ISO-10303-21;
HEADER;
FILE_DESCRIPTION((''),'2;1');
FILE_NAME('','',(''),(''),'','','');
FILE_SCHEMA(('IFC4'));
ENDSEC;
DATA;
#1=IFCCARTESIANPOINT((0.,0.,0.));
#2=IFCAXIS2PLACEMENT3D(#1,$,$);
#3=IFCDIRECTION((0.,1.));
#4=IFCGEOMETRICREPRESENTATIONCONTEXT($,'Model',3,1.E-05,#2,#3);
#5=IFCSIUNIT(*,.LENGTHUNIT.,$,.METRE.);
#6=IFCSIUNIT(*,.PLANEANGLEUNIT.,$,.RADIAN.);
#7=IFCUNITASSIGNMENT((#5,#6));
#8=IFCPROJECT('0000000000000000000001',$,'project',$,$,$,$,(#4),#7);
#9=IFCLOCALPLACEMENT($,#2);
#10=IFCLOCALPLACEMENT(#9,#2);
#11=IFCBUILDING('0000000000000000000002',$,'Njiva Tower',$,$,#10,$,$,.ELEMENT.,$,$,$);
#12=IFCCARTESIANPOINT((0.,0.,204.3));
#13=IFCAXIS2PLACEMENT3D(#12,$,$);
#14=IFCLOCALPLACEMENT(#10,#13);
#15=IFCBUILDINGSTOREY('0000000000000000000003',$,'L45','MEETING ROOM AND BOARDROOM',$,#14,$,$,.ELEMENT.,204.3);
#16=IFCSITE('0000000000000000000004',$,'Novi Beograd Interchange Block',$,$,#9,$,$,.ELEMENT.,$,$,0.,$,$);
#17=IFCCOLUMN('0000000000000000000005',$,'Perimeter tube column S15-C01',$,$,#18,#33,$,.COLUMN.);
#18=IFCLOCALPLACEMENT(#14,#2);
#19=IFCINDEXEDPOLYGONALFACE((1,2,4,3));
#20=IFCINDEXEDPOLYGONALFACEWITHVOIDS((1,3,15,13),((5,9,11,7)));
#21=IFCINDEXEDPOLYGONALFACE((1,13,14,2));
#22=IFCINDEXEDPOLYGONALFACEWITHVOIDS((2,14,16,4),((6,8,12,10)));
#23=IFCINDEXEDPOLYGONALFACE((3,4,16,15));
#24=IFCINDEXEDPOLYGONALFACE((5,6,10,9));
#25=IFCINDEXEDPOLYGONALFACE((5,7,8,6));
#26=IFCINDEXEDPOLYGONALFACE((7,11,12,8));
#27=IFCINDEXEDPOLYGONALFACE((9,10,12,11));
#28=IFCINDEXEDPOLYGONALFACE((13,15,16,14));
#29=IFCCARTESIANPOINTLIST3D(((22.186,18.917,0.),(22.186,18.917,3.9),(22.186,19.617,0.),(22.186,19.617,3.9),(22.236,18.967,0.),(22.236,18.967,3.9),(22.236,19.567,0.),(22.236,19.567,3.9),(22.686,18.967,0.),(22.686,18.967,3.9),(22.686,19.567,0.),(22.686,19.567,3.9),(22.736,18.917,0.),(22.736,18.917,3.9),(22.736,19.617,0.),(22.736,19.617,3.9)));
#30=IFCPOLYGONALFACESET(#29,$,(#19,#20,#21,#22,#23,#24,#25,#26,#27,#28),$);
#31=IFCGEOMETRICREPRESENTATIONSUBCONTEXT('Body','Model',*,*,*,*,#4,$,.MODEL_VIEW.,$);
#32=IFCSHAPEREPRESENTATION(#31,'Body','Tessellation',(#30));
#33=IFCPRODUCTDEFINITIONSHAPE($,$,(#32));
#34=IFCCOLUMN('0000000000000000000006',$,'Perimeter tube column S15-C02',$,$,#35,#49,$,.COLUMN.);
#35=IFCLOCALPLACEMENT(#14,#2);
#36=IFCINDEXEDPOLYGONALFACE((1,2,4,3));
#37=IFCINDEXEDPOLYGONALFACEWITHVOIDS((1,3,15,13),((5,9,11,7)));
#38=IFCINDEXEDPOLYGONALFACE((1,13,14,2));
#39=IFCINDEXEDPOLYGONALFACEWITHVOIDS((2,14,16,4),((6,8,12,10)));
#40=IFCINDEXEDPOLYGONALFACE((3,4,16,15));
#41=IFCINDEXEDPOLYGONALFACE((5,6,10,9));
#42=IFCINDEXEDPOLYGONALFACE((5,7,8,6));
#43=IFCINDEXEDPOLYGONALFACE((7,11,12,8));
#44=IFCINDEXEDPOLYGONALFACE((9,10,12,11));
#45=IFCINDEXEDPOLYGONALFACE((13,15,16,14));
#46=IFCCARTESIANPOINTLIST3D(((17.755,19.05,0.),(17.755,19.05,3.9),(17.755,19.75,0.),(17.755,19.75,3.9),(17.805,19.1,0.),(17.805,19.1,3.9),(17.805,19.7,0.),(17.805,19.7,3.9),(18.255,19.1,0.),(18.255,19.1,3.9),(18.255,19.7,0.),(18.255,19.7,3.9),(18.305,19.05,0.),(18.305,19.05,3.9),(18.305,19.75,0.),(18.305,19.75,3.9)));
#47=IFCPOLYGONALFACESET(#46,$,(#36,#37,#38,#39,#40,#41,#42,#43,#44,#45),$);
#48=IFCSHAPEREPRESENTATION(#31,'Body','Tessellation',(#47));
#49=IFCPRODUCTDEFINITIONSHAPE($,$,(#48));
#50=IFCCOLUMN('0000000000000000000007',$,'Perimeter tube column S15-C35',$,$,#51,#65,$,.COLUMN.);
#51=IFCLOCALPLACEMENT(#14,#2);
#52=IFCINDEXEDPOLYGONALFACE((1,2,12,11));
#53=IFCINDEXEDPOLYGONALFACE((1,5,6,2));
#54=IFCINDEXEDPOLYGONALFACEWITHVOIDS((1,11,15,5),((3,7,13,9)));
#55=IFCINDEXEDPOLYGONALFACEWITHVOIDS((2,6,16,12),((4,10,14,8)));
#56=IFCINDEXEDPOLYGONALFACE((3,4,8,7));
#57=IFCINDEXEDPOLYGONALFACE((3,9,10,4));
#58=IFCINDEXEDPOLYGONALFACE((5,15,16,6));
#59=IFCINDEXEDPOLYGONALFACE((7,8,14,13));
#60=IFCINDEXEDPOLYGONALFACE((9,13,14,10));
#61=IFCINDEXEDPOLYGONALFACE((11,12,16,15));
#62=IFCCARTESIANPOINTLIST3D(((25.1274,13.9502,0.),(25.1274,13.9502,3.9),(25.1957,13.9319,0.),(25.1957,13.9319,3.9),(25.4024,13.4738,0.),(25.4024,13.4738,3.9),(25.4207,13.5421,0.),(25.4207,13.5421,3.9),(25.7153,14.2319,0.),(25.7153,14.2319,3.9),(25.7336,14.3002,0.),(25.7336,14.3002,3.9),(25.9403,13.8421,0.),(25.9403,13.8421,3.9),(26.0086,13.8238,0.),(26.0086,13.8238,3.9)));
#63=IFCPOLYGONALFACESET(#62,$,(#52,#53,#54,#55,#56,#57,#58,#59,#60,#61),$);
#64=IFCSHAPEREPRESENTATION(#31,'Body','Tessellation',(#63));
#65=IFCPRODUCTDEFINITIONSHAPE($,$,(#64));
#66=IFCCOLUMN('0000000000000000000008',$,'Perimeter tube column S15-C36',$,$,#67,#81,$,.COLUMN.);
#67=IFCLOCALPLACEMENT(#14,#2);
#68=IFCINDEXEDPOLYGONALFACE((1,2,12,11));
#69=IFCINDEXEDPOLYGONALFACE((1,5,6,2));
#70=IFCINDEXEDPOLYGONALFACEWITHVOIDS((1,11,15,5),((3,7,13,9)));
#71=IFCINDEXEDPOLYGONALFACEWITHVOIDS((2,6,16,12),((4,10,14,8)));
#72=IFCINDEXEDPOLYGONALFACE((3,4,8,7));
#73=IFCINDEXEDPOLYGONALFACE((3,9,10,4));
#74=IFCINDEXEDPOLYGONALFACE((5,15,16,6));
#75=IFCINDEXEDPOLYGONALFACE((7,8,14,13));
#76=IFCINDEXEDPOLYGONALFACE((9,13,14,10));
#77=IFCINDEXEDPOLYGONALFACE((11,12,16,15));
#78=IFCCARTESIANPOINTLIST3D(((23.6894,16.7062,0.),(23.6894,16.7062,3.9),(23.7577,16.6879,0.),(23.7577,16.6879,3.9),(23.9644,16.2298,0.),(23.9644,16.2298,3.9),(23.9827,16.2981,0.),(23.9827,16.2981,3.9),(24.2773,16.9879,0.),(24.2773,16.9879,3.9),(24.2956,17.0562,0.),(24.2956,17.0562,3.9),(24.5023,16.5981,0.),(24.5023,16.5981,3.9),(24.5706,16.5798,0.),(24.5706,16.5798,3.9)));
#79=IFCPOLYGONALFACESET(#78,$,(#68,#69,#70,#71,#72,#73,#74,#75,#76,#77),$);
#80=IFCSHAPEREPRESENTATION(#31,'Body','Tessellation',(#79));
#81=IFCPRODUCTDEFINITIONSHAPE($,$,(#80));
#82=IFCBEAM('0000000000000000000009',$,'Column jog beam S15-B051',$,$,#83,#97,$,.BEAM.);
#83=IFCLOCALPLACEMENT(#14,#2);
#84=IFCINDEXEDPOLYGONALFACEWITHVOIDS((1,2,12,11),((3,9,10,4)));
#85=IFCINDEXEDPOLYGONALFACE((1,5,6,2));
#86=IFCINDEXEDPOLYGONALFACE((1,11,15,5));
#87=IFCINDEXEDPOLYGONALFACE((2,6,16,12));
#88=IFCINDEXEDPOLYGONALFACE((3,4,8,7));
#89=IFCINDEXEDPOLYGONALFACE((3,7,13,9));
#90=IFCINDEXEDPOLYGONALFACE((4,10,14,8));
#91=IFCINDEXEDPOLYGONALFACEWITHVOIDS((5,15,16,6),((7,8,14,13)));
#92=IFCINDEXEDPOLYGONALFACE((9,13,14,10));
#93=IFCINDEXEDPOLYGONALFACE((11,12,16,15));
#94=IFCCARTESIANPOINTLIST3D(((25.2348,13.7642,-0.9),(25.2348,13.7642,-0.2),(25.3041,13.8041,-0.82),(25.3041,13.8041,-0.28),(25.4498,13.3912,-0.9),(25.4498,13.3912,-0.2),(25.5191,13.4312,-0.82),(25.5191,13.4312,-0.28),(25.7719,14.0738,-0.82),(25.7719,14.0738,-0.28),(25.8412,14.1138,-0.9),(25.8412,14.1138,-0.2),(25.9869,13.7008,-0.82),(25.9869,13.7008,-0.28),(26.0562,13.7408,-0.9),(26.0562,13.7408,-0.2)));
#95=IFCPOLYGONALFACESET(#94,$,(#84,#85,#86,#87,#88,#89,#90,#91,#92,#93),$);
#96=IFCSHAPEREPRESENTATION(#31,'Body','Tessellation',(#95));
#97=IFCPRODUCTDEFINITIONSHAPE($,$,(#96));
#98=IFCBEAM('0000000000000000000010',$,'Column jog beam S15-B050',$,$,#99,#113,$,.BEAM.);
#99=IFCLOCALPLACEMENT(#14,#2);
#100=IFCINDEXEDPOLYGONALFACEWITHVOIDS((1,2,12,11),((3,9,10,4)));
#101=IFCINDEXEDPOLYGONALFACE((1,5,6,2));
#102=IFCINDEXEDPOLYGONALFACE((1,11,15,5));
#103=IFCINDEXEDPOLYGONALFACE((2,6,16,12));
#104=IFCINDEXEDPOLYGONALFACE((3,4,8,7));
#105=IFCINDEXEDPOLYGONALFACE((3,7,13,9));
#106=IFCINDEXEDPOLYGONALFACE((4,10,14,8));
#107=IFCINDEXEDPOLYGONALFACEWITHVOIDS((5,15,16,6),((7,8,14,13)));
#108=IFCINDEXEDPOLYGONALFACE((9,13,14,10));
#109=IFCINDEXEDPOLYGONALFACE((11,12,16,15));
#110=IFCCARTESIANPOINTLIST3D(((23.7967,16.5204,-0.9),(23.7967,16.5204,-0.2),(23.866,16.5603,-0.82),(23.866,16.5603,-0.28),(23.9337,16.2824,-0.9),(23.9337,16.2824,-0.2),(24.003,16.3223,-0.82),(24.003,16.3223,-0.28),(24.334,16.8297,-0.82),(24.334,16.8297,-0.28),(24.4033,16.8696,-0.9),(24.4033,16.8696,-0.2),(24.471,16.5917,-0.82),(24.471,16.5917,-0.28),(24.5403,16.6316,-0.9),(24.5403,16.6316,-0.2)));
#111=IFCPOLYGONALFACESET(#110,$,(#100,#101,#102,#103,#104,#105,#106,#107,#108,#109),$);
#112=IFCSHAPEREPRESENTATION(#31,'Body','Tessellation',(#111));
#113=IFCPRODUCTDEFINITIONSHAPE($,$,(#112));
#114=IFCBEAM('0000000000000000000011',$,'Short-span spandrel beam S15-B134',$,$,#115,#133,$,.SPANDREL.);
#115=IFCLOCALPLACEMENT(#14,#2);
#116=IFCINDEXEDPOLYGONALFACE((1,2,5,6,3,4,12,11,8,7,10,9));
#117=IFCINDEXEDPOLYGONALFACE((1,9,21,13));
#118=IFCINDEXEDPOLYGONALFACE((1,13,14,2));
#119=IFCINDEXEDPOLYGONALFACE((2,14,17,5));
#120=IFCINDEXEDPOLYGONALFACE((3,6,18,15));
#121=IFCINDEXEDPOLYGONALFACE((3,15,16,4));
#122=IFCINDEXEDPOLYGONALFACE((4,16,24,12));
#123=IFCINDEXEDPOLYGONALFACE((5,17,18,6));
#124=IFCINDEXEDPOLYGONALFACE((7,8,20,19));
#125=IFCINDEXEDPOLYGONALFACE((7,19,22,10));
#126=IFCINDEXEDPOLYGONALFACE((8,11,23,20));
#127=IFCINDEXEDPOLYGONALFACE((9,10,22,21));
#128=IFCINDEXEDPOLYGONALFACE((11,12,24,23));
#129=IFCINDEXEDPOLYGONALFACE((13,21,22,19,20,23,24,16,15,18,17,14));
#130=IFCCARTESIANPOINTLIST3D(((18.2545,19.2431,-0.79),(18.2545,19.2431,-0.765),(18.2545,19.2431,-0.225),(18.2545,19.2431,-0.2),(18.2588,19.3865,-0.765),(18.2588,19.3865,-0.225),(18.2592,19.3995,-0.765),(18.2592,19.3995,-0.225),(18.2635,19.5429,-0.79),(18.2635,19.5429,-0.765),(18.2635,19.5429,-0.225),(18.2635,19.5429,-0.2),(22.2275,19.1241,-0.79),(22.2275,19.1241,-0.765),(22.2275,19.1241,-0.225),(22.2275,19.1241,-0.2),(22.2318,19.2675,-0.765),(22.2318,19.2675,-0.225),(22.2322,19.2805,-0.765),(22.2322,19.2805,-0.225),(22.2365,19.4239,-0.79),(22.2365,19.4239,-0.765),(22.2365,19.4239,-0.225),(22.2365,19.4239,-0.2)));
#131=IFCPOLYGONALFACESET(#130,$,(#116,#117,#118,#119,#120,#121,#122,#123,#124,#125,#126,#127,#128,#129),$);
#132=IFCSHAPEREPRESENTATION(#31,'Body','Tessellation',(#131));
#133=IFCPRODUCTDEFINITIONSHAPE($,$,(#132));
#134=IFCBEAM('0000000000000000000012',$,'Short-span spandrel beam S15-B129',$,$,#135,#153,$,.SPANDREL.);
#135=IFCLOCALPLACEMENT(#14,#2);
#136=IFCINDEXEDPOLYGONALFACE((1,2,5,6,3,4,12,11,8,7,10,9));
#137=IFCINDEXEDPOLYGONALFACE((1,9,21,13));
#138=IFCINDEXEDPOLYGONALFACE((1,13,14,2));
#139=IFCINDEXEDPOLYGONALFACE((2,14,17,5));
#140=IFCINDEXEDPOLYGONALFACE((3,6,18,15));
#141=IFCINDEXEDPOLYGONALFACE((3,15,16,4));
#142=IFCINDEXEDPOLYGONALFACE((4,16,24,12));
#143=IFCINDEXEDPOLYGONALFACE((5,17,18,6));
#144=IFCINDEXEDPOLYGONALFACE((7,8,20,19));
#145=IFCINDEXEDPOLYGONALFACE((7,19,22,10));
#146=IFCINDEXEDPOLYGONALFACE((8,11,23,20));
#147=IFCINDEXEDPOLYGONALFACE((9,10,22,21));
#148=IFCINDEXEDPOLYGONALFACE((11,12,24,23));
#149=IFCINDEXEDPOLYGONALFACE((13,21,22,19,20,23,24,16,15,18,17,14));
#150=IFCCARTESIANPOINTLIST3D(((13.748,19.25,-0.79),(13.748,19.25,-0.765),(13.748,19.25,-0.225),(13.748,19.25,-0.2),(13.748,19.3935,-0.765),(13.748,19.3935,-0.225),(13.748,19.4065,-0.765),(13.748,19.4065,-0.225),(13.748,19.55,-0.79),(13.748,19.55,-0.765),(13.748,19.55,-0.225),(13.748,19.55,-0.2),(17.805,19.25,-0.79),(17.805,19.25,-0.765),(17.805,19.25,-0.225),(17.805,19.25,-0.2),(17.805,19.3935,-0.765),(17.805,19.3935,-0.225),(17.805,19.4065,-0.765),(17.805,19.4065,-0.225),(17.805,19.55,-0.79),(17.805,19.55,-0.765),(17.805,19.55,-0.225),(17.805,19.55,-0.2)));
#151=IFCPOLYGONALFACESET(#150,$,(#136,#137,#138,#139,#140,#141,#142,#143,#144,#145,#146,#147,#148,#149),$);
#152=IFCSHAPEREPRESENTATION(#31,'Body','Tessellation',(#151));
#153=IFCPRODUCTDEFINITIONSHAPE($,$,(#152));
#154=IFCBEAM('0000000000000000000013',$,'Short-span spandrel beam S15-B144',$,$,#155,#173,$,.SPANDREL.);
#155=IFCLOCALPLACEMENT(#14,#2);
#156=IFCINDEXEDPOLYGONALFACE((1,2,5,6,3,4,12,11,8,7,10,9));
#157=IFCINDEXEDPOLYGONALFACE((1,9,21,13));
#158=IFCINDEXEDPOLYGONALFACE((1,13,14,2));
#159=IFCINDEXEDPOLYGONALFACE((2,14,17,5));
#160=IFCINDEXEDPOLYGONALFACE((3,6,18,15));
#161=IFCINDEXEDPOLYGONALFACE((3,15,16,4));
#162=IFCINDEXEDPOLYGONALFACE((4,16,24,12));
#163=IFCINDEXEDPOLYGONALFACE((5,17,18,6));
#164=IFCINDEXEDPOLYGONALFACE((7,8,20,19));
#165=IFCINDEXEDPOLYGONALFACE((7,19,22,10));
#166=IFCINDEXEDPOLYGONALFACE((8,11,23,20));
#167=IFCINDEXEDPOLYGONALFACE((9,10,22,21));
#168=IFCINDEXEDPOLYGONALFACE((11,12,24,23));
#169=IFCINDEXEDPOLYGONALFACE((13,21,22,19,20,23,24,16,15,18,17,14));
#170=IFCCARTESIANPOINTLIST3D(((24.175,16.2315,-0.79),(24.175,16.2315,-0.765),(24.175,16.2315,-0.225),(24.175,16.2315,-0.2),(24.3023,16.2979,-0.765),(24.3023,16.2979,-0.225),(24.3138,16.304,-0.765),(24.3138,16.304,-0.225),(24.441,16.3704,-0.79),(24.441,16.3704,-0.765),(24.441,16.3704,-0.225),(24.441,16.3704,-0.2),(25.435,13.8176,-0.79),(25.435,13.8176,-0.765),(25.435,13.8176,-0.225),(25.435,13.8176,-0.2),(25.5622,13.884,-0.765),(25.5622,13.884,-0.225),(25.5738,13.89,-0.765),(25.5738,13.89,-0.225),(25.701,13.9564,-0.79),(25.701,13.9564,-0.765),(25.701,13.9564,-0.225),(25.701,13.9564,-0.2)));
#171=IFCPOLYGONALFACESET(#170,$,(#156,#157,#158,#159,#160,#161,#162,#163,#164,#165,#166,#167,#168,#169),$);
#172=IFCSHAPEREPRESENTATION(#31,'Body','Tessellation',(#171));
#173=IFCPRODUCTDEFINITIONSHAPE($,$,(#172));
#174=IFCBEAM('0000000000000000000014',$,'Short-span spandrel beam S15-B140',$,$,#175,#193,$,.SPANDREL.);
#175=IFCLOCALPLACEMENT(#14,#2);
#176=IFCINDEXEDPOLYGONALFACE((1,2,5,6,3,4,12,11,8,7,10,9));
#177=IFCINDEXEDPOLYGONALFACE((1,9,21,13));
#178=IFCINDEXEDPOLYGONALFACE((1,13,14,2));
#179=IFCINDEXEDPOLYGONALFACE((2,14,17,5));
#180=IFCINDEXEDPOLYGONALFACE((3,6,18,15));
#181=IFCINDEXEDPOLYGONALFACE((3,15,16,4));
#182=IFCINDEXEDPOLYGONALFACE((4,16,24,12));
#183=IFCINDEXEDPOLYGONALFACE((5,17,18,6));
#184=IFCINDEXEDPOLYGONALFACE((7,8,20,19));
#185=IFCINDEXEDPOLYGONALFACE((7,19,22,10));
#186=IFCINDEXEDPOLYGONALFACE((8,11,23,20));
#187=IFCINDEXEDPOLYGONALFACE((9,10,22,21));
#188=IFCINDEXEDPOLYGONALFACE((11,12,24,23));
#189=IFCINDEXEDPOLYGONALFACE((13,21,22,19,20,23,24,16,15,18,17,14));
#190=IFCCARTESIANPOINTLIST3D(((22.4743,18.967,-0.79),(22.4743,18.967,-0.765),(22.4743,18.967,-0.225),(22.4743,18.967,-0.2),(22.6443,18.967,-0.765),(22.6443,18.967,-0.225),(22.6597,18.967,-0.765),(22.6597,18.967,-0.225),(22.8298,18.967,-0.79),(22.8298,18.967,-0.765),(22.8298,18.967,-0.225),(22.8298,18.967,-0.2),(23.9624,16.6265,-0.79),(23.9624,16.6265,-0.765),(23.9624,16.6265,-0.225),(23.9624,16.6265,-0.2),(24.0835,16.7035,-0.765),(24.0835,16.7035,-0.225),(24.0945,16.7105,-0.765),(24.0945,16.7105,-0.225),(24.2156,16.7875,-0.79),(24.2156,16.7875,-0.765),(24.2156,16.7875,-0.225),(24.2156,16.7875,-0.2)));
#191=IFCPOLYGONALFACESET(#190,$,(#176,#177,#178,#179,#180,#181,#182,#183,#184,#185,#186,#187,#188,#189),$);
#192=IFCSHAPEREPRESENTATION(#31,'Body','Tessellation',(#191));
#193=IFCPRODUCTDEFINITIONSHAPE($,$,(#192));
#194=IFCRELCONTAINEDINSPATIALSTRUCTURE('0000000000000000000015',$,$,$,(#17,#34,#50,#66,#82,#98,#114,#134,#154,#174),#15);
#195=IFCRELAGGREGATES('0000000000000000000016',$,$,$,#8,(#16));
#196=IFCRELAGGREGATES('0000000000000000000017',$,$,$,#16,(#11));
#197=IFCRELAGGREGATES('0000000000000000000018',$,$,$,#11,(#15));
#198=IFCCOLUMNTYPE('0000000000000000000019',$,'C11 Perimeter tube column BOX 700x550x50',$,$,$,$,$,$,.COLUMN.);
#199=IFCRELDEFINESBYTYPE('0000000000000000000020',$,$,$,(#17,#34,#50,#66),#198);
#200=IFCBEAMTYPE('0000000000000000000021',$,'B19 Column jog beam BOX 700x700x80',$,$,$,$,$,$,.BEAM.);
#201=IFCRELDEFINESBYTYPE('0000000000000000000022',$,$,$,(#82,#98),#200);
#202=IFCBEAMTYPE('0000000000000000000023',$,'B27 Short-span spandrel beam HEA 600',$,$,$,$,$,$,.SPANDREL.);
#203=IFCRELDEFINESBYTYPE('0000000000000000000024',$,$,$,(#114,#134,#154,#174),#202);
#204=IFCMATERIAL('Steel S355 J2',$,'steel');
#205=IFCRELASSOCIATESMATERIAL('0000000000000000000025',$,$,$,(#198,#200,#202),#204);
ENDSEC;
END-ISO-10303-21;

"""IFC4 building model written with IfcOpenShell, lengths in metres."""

from ifc_helpers import new_model, si_unit, direction, frame, origin, origin_2d, place, context, subcontext, project, spatial, hollow_rectangle, i_section, extrude, clip, halfspace, material, material_profile, profile_set, type_object, element, save


model = new_model("IFC4")

# Units and contexts
model_context = context("Model", 3, precision=1e-05, world=origin(), true_north=direction((0.0, 1.0)))
body_context = subcontext(model_context, "Body", "Model", "MODEL_VIEW")
ifc_project = project(units=[si_unit("LENGTHUNIT", "METRE"), si_unit("PLANEANGLEUNIT", "RADIAN")], contexts=[model_context])

# Site, building, storey
site_placement = place(None, origin())
site = spatial("IfcSite", under=ifc_project, at=site_placement, Name="Novi Beograd Interchange Block", CompositionType="ELEMENT", RefElevation=0.0)
building_placement = place(site_placement, origin())
building = spatial("IfcBuilding", under=site, at=building_placement, Name="Njiva Tower", CompositionType="ELEMENT")
storey_placement = place(building_placement, frame((0.0, 0.0, 204.3)))
storey = spatial("IfcBuildingStorey", under=building, at=storey_placement, Name="L45", Description="MEETING ROOM AND BOARDROOM", CompositionType="ELEMENT", Elevation=204.3)

# Columns
ifc_material_1 = material(Name="Steel S355 J2", Category="steel")
ifc_material_profile_1 = material_profile(ifc_material_1, hollow_rectangle(XDim=0.55, YDim=0.7, WallThickness=0.05, at=origin_2d()), Name="BOX 700x550x50")
ifc_profile_set_1 = profile_set([ifc_material_profile_1], Name="Steel S355 J2")
column_type = type_object("IfcColumnType", Name="C11 Perimeter tube column BOX 700x550x50", PredefinedType="COLUMN", material=ifc_profile_set_1)
for number, where, z_axis, x_axis, name in (
    (1, (22.461, 19.267, 0.0), (0.0, 0.0, 1.0), (-1.0, 0.0, 0.0), "Perimeter tube column S15-C01"),
    (2, (18.03, 19.4, 0.0), (0.0, 0.0, 1.0), (-1.0, 0.0, 0.0), "Perimeter tube column S15-C02"),
    (3, (25.568, 13.887, 0.0), (0.0, 0.0, 1.0), (-0.5, 0.866025, 0.0), "Perimeter tube column S15-C35"),
    (4, (24.13, 16.643, 0.0), (0.0, 0.0, 1.0), (-0.5, 0.866025, 0.0), "Perimeter tube column S15-C36"),
):
    element("IfcColumn", number, at=place(storey_placement, frame(where, z_axis=z_axis, x_axis=x_axis)), inside=storey, type_object=column_type, Name=name, PredefinedType="COLUMN", context=body_context, shape_type="SweptSolid", body=[
        extrude(hollow_rectangle(XDim=0.55, YDim=0.7, WallThickness=0.05, at=origin_2d()), origin(), (0.0, 0.0, 1.0), 3.9),
    ])

# Beams
ifc_material_profile_2 = material_profile(ifc_material_1, hollow_rectangle(XDim=0.7, YDim=0.7, WallThickness=0.08, at=origin_2d()), Name="BOX 700x700x80")
ifc_profile_set_2 = profile_set([ifc_material_profile_2], Name="Steel S355 J2")
beam_type_1 = type_object("IfcBeamType", Name="B19 Column jog beam BOX 700x700x80", PredefinedType="BEAM", material=ifc_profile_set_2)
beam_1_placement = place(storey_placement, frame((25.753, 13.566, -0.55), z_axis=(-0.499387, 0.866379, 0.0), x_axis=(-0.866379, -0.499387, 0.0)))
element("IfcBeam", 5, at=beam_1_placement, inside=storey, type_object=beam_type_1, Name="Column jog beam S15-B051", PredefinedType="BEAM", context=body_context, shape_type="SweptSolid", body=[
    extrude(hollow_rectangle(XDim=0.7, YDim=0.7, WallThickness=0.08, at=origin_2d()), origin(), (0.0, 0.0, 1.0), 0.4305),
])
beam_2_placement = place(storey_placement, frame((24.237, 16.457, -0.55), z_axis=(-0.498882, 0.86667, 0.0), x_axis=(-0.86667, -0.498882, 0.0)))
element("IfcBeam", 6, at=beam_2_placement, inside=storey, type_object=beam_type_1, Name="Column jog beam S15-B050", PredefinedType="BEAM", context=body_context, shape_type="SweptSolid", body=[
    extrude(hollow_rectangle(XDim=0.7, YDim=0.7, WallThickness=0.08, at=origin_2d()), origin(), (0.0, 0.0, 1.0), 0.2746),
])
ifc_material_profile_3 = material_profile(ifc_material_1, i_section(OverallWidth=0.3, OverallDepth=0.59, WebThickness=0.013, FlangeThickness=0.025, at=origin_2d()), Name="HEA 600")
ifc_profile_set_3 = profile_set([ifc_material_profile_3], Name="Steel S355 J2")
beam_type_2 = type_object("IfcBeamType", Name="B27 Short-span spandrel beam HEA 600", PredefinedType="SPANDREL", material=ifc_profile_set_3)
beam_3_placement = place(storey_placement, frame((22.232, 19.274, -0.495), z_axis=(-0.999552, 0.029939, 0.0), x_axis=(-0.029939, -0.999552, 0.0)))
element("IfcBeam", 7, at=beam_3_placement, inside=storey, type_object=beam_type_2, Name="Short-span spandrel beam S15-B134", PredefinedType="SPANDREL", context=body_context, shape_type="SweptSolid", body=[
    extrude(i_section(OverallWidth=0.3, OverallDepth=0.59, WebThickness=0.013, FlangeThickness=0.025, at=origin_2d()), origin(), (0.0, 0.0, 1.0), 3.9748),
])
beam_4_placement = place(storey_placement, frame((17.805, 19.4, -0.495), z_axis=(-1.0, 0.0, 0.0), x_axis=(0.0, -1.0, 0.0)))
element("IfcBeam", 8, at=beam_4_placement, inside=storey, type_object=beam_type_2, Name="Short-span spandrel beam S15-B129", PredefinedType="SPANDREL", context=body_context, shape_type="SweptSolid", body=[
    extrude(i_section(OverallWidth=0.3, OverallDepth=0.59, WebThickness=0.013, FlangeThickness=0.025, at=origin_2d()), origin(), (0.0, 0.0, 1.0), 4.057),
])
beam_5_placement = place(storey_placement, frame((25.568, 13.887, -0.495), z_axis=(-0.462717, 0.886506, 0.0), x_axis=(-0.886506, -0.462717, 0.0)))
element("IfcBeam", 9, at=beam_5_placement, inside=storey, type_object=beam_type_2, Name="Short-span spandrel beam S15-B144", PredefinedType="SPANDREL", context=body_context, shape_type="SweptSolid", body=[
    extrude(i_section(OverallWidth=0.3, OverallDepth=0.59, WebThickness=0.013, FlangeThickness=0.025, at=origin_2d()), origin(), (0.0, 0.0, 1.0), 2.723),
])
beam_6_placement = place(storey_placement, frame((24.089, 16.707, -0.495), z_axis=(-0.536561, 0.843861, 0.0), x_axis=(-0.843861, -0.536561, 0.0)))
element("IfcBeam", 10, at=beam_6_placement, inside=storey, type_object=beam_type_2, Name="Short-span spandrel beam S15-B140", PredefinedType="SPANDREL", context=body_context, shape_type="Clipping", body=[
    clip(extrude(i_section(OverallWidth=0.3, OverallDepth=0.59, WebThickness=0.013, FlangeThickness=0.025, at=origin_2d()), origin(), (0.0, 0.0, 1.0), 2.7932), halfspace(frame((-0.0268, 0.0, 2.6611), z_axis=(-0.536561, 0.0, 0.843861), x_axis=(0.0, 1.0, 0.0)), False)),
])

save(model, "model.ifc")
